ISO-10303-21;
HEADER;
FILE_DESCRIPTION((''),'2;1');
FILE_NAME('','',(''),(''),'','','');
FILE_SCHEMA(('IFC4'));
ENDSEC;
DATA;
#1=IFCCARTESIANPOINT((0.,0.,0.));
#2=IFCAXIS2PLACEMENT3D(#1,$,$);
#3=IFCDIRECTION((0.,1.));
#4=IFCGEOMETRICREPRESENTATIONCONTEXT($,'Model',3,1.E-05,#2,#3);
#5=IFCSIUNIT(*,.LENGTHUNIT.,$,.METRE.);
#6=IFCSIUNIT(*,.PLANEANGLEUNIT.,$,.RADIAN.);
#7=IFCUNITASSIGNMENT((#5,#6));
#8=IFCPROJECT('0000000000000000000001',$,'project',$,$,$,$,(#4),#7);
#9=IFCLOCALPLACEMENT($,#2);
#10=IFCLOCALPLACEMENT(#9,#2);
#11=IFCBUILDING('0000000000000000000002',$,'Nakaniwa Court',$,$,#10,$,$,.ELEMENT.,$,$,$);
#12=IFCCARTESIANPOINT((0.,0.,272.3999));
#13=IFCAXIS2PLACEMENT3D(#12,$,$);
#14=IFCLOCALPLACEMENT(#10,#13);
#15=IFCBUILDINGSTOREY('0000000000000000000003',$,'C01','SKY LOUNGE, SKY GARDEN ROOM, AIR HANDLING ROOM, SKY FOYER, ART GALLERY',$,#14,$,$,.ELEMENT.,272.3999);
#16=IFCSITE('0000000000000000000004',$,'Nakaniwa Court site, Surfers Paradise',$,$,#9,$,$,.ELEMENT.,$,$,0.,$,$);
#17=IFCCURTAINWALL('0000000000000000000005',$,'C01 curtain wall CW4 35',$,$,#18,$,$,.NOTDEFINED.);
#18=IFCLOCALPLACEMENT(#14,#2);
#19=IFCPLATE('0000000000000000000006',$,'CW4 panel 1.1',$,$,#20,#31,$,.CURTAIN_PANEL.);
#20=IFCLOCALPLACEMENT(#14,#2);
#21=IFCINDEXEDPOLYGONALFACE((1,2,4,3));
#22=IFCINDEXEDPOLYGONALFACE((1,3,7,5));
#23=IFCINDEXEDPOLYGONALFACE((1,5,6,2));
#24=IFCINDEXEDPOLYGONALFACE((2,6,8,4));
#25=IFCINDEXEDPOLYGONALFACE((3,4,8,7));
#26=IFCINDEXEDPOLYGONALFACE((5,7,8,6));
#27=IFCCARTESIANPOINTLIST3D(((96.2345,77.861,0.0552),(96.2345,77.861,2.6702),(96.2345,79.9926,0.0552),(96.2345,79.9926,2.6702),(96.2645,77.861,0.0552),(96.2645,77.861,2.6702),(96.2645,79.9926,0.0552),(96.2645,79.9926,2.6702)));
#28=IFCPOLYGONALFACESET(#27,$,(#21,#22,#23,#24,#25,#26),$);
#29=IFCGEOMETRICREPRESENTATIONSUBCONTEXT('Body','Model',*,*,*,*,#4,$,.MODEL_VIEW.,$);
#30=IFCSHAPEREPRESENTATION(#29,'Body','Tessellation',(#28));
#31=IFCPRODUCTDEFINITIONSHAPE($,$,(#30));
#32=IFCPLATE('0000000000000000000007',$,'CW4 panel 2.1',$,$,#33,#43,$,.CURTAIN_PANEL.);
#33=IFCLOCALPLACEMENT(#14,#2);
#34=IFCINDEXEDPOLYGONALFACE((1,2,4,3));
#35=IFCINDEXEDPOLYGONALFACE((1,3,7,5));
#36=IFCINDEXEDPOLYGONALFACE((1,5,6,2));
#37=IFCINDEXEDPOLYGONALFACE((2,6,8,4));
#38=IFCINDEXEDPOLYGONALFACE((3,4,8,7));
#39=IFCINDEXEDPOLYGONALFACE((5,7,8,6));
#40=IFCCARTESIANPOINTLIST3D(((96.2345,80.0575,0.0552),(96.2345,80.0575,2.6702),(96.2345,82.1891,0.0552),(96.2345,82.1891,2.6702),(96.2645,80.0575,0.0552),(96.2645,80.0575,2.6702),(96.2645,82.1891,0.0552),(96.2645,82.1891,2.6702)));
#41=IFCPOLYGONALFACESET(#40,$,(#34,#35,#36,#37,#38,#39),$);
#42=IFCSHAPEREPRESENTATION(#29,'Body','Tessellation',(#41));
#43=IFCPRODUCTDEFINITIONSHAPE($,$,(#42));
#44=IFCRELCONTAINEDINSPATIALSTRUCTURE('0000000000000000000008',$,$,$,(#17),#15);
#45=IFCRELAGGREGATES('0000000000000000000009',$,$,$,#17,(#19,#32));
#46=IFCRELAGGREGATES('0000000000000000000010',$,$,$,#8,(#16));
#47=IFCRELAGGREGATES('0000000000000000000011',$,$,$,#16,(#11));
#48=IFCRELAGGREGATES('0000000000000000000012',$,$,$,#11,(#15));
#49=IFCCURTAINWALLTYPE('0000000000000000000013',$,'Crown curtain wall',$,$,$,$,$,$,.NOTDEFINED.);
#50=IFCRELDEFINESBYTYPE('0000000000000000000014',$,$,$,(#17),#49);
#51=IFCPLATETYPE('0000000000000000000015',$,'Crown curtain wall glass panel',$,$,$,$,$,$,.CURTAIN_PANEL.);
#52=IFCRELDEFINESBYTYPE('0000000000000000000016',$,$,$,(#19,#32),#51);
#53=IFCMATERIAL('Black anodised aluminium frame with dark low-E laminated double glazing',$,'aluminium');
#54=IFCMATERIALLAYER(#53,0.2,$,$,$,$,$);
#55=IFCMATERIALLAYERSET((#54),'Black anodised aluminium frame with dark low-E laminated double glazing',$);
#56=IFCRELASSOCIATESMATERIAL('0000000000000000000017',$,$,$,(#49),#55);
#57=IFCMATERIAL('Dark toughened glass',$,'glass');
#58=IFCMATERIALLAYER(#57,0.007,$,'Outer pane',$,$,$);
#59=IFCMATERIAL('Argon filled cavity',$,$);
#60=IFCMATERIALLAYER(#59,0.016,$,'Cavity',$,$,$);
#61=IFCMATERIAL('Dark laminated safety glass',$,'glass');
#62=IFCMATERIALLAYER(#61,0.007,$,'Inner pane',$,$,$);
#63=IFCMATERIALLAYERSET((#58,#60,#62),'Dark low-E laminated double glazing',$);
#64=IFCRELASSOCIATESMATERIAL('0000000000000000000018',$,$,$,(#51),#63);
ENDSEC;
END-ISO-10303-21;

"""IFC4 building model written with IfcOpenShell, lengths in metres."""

from ifc_helpers import new_model, si_unit, direction, frame, origin, origin_2d, place, context, subcontext, project, spatial, rectangle, extrude, material, layer, layer_set, type_object, element, aggregate, save


model = new_model("IFC4")

# Units and contexts
model_context = context("Model", 3, precision=1e-05, world=origin(), true_north=direction((0.0, 1.0)))
body_context = subcontext(model_context, "Body", "Model", "MODEL_VIEW")
ifc_project = project(units=[si_unit("LENGTHUNIT", "METRE"), si_unit("PLANEANGLEUNIT", "RADIAN")], contexts=[model_context])

# Site, building, storey
site_placement = place(None, origin())
site = spatial("IfcSite", under=ifc_project, at=site_placement, Name="Nakaniwa Court site, Surfers Paradise", CompositionType="ELEMENT", RefElevation=0.0)
building_placement = place(site_placement, origin())
building = spatial("IfcBuilding", under=site, at=building_placement, Name="Nakaniwa Court", CompositionType="ELEMENT")
storey_placement = place(building_placement, frame((0.0, 0.0, 272.3999)))
storey = spatial("IfcBuildingStorey", under=building, at=storey_placement, Name="C01", Description="SKY LOUNGE, SKY GARDEN ROOM, AIR HANDLING ROOM, SKY FOYER, ART GALLERY", CompositionType="ELEMENT", Elevation=272.3999)

# Shared definitions
ifc_material_1 = material(Name="Black anodised aluminium frame with dark low-E laminated double glazing", Category="aluminium")
ifc_layer_1 = layer(ifc_material_1, 0.2)
ifc_layer_set_1 = layer_set([ifc_layer_1], Name="Black anodised aluminium frame with dark low-E laminated double glazing")
curtain_wall_type = type_object("IfcCurtainWallType", Name="Crown curtain wall", PredefinedType="NOTDEFINED", material=ifc_layer_set_1)

# Curtain wall
curtain_wall_1_placement = place(storey_placement, origin())
curtain_wall_1 = element("IfcCurtainWall", 1, at=curtain_wall_1_placement, inside=storey, type_object=curtain_wall_type, Name="C01 curtain wall CW4 35", PredefinedType="NOTDEFINED")

# Plates
ifc_material_2 = material(Name="Dark toughened glass", Category="glass")
ifc_layer_2 = layer(ifc_material_2, 0.007, Name="Outer pane")
ifc_material_3 = material(Name="Argon filled cavity")
ifc_layer_3 = layer(ifc_material_3, 0.016, Name="Cavity")
ifc_material_4 = material(Name="Dark laminated safety glass", Category="glass")
ifc_layer_4 = layer(ifc_material_4, 0.007, Name="Inner pane")
ifc_layer_set_2 = layer_set([ifc_layer_2, ifc_layer_3, ifc_layer_4], Name="Dark low-E laminated double glazing")
plate_type = type_object("IfcPlateType", Name="Crown curtain wall glass panel", PredefinedType="CURTAIN_PANEL", material=ifc_layer_set_2)
plate_1_placement = place(storey_placement, frame((96.2495, 78.9268, 0.0552), z_axis=(0.0, 0.0, 1.0), x_axis=(0.0, 1.0, 0.0)))
plate_1 = element("IfcPlate", 2, at=plate_1_placement, type_object=plate_type, Name="CW4 panel 1.1", PredefinedType="CURTAIN_PANEL", context=body_context, shape_type="SweptSolid", body=[
    extrude(rectangle(XDim=2.1316, YDim=0.03, at=origin_2d()), origin(), (0.0, 0.0, 1.0), 2.615),
])
plate_2_placement = place(storey_placement, frame((96.2495, 81.1233, 0.0552), z_axis=(0.0, 0.0, 1.0), x_axis=(0.0, 1.0, 0.0)))
plate_2 = element("IfcPlate", 3, at=plate_2_placement, type_object=plate_type, Name="CW4 panel 2.1", PredefinedType="CURTAIN_PANEL", context=body_context, shape_type="SweptSolid", body=[
    extrude(rectangle(XDim=2.1316, YDim=0.03, at=origin_2d()), origin(), (0.0, 0.0, 1.0), 2.615),
])
aggregate(curtain_wall_1, [plate_1, plate_2])

save(model, "model.ifc")
